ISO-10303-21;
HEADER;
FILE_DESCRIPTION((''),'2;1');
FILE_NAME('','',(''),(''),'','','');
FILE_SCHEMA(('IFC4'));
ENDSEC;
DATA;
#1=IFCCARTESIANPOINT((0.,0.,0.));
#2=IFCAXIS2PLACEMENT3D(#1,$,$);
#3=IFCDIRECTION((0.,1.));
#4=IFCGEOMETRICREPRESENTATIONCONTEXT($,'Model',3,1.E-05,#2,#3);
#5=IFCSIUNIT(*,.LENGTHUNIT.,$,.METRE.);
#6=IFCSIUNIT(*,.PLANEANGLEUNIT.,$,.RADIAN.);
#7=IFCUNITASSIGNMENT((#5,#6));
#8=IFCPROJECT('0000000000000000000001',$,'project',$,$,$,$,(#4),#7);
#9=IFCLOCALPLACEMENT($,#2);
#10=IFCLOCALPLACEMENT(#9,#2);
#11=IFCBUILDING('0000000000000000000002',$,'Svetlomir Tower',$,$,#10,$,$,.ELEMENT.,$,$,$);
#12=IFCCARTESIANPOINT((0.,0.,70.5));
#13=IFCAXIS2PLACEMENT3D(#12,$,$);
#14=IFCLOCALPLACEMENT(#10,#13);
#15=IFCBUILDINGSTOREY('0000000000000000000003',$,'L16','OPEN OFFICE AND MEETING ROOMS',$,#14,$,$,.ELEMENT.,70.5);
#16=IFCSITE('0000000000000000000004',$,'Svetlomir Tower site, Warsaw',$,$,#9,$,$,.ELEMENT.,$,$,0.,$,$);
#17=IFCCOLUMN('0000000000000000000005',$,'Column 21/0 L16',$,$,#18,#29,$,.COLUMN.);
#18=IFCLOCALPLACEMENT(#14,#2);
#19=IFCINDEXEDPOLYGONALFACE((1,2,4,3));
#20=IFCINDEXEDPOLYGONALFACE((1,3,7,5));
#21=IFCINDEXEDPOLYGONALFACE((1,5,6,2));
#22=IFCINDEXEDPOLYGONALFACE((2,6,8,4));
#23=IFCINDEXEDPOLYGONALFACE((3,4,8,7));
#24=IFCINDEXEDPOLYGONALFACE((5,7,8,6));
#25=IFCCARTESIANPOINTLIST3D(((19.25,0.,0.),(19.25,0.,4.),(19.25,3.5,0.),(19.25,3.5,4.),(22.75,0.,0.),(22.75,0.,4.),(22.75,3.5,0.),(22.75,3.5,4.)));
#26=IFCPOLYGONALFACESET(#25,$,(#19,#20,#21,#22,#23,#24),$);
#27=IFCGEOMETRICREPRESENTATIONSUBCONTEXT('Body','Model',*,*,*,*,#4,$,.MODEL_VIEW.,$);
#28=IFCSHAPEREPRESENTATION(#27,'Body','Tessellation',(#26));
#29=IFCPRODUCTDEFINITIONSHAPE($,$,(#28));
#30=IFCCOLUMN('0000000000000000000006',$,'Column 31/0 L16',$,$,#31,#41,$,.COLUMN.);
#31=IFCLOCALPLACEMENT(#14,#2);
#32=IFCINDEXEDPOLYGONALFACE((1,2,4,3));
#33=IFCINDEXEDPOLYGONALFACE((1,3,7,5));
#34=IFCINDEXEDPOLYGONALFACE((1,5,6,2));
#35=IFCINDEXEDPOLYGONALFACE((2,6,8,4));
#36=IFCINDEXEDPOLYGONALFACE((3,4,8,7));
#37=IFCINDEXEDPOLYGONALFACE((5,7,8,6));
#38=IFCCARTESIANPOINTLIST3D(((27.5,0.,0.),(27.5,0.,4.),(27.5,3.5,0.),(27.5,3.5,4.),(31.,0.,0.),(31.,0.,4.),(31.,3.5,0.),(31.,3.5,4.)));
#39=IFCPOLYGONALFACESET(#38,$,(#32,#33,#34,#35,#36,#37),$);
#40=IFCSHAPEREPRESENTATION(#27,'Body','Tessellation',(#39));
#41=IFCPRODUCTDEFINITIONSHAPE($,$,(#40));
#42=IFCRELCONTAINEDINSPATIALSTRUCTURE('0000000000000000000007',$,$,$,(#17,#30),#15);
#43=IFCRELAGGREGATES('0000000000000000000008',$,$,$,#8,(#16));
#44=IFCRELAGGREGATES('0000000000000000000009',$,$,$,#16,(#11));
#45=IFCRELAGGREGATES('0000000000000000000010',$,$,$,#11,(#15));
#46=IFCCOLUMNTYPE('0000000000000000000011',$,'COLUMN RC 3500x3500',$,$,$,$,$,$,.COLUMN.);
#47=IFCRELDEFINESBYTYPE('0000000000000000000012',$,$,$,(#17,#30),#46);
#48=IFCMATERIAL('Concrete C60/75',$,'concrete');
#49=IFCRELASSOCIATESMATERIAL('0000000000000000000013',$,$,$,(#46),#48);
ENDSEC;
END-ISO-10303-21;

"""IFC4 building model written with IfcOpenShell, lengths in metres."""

from ifc_helpers import new_model, si_unit, direction, frame, origin, origin_2d, place, context, subcontext, project, spatial, rectangle, extrude, material, material_profile, profile_set, type_object, element, save


model = new_model("IFC4")

# Units and contexts
model_context = context("Model", 3, precision=1e-05, world=origin(), true_north=direction((0.0, 1.0)))
body_context = subcontext(model_context, "Body", "Model", "MODEL_VIEW")
ifc_project = project(units=[si_unit("LENGTHUNIT", "METRE"), si_unit("PLANEANGLEUNIT", "RADIAN")], contexts=[model_context])

# Site, building, storey
site_placement = place(None, origin())
site = spatial("IfcSite", under=ifc_project, at=site_placement, Name="Svetlomir Tower site, Warsaw", CompositionType="ELEMENT", RefElevation=0.0)
building_placement = place(site_placement, origin())
building = spatial("IfcBuilding", under=site, at=building_placement, Name="Svetlomir Tower", CompositionType="ELEMENT")
storey_placement = place(building_placement, frame((0.0, 0.0, 70.5)))
storey = spatial("IfcBuildingStorey", under=building, at=storey_placement, Name="L16", Description="OPEN OFFICE AND MEETING ROOMS", CompositionType="ELEMENT", Elevation=70.5)

# Columns
ifc_material_1 = material(Name="Concrete C60/75", Category="concrete")
ifc_material_profile = material_profile(ifc_material_1, rectangle(XDim=3.5, YDim=3.5, at=origin_2d()), Name="RC 3500x3500")
ifc_profile_set = profile_set([ifc_material_profile], Name="Concrete C60/75")
column_type = type_object("IfcColumnType", Name="COLUMN RC 3500x3500", PredefinedType="COLUMN", material=ifc_profile_set)
for number, where, z_axis, x_axis, name in (
    (1, (21.0, 1.75, 0.0), (0.0, 0.0, 1.0), (1.0, 0.0, 0.0), "Column 21/0 L16"),
    (2, (29.25, 1.75, 0.0), (0.0, 0.0, 1.0), (1.0, 0.0, 0.0), "Column 31/0 L16"),
):
    element("IfcColumn", number, at=place(storey_placement, frame(where, z_axis=z_axis, x_axis=x_axis)), inside=storey, type_object=column_type, Name=name, PredefinedType="COLUMN", context=body_context, shape_type="SweptSolid", body=[
        extrude(rectangle(XDim=3.5, YDim=3.5, at=origin_2d()), origin(), (0.0, 0.0, 1.0), 4.0),
    ])

save(model, "model.ifc")
